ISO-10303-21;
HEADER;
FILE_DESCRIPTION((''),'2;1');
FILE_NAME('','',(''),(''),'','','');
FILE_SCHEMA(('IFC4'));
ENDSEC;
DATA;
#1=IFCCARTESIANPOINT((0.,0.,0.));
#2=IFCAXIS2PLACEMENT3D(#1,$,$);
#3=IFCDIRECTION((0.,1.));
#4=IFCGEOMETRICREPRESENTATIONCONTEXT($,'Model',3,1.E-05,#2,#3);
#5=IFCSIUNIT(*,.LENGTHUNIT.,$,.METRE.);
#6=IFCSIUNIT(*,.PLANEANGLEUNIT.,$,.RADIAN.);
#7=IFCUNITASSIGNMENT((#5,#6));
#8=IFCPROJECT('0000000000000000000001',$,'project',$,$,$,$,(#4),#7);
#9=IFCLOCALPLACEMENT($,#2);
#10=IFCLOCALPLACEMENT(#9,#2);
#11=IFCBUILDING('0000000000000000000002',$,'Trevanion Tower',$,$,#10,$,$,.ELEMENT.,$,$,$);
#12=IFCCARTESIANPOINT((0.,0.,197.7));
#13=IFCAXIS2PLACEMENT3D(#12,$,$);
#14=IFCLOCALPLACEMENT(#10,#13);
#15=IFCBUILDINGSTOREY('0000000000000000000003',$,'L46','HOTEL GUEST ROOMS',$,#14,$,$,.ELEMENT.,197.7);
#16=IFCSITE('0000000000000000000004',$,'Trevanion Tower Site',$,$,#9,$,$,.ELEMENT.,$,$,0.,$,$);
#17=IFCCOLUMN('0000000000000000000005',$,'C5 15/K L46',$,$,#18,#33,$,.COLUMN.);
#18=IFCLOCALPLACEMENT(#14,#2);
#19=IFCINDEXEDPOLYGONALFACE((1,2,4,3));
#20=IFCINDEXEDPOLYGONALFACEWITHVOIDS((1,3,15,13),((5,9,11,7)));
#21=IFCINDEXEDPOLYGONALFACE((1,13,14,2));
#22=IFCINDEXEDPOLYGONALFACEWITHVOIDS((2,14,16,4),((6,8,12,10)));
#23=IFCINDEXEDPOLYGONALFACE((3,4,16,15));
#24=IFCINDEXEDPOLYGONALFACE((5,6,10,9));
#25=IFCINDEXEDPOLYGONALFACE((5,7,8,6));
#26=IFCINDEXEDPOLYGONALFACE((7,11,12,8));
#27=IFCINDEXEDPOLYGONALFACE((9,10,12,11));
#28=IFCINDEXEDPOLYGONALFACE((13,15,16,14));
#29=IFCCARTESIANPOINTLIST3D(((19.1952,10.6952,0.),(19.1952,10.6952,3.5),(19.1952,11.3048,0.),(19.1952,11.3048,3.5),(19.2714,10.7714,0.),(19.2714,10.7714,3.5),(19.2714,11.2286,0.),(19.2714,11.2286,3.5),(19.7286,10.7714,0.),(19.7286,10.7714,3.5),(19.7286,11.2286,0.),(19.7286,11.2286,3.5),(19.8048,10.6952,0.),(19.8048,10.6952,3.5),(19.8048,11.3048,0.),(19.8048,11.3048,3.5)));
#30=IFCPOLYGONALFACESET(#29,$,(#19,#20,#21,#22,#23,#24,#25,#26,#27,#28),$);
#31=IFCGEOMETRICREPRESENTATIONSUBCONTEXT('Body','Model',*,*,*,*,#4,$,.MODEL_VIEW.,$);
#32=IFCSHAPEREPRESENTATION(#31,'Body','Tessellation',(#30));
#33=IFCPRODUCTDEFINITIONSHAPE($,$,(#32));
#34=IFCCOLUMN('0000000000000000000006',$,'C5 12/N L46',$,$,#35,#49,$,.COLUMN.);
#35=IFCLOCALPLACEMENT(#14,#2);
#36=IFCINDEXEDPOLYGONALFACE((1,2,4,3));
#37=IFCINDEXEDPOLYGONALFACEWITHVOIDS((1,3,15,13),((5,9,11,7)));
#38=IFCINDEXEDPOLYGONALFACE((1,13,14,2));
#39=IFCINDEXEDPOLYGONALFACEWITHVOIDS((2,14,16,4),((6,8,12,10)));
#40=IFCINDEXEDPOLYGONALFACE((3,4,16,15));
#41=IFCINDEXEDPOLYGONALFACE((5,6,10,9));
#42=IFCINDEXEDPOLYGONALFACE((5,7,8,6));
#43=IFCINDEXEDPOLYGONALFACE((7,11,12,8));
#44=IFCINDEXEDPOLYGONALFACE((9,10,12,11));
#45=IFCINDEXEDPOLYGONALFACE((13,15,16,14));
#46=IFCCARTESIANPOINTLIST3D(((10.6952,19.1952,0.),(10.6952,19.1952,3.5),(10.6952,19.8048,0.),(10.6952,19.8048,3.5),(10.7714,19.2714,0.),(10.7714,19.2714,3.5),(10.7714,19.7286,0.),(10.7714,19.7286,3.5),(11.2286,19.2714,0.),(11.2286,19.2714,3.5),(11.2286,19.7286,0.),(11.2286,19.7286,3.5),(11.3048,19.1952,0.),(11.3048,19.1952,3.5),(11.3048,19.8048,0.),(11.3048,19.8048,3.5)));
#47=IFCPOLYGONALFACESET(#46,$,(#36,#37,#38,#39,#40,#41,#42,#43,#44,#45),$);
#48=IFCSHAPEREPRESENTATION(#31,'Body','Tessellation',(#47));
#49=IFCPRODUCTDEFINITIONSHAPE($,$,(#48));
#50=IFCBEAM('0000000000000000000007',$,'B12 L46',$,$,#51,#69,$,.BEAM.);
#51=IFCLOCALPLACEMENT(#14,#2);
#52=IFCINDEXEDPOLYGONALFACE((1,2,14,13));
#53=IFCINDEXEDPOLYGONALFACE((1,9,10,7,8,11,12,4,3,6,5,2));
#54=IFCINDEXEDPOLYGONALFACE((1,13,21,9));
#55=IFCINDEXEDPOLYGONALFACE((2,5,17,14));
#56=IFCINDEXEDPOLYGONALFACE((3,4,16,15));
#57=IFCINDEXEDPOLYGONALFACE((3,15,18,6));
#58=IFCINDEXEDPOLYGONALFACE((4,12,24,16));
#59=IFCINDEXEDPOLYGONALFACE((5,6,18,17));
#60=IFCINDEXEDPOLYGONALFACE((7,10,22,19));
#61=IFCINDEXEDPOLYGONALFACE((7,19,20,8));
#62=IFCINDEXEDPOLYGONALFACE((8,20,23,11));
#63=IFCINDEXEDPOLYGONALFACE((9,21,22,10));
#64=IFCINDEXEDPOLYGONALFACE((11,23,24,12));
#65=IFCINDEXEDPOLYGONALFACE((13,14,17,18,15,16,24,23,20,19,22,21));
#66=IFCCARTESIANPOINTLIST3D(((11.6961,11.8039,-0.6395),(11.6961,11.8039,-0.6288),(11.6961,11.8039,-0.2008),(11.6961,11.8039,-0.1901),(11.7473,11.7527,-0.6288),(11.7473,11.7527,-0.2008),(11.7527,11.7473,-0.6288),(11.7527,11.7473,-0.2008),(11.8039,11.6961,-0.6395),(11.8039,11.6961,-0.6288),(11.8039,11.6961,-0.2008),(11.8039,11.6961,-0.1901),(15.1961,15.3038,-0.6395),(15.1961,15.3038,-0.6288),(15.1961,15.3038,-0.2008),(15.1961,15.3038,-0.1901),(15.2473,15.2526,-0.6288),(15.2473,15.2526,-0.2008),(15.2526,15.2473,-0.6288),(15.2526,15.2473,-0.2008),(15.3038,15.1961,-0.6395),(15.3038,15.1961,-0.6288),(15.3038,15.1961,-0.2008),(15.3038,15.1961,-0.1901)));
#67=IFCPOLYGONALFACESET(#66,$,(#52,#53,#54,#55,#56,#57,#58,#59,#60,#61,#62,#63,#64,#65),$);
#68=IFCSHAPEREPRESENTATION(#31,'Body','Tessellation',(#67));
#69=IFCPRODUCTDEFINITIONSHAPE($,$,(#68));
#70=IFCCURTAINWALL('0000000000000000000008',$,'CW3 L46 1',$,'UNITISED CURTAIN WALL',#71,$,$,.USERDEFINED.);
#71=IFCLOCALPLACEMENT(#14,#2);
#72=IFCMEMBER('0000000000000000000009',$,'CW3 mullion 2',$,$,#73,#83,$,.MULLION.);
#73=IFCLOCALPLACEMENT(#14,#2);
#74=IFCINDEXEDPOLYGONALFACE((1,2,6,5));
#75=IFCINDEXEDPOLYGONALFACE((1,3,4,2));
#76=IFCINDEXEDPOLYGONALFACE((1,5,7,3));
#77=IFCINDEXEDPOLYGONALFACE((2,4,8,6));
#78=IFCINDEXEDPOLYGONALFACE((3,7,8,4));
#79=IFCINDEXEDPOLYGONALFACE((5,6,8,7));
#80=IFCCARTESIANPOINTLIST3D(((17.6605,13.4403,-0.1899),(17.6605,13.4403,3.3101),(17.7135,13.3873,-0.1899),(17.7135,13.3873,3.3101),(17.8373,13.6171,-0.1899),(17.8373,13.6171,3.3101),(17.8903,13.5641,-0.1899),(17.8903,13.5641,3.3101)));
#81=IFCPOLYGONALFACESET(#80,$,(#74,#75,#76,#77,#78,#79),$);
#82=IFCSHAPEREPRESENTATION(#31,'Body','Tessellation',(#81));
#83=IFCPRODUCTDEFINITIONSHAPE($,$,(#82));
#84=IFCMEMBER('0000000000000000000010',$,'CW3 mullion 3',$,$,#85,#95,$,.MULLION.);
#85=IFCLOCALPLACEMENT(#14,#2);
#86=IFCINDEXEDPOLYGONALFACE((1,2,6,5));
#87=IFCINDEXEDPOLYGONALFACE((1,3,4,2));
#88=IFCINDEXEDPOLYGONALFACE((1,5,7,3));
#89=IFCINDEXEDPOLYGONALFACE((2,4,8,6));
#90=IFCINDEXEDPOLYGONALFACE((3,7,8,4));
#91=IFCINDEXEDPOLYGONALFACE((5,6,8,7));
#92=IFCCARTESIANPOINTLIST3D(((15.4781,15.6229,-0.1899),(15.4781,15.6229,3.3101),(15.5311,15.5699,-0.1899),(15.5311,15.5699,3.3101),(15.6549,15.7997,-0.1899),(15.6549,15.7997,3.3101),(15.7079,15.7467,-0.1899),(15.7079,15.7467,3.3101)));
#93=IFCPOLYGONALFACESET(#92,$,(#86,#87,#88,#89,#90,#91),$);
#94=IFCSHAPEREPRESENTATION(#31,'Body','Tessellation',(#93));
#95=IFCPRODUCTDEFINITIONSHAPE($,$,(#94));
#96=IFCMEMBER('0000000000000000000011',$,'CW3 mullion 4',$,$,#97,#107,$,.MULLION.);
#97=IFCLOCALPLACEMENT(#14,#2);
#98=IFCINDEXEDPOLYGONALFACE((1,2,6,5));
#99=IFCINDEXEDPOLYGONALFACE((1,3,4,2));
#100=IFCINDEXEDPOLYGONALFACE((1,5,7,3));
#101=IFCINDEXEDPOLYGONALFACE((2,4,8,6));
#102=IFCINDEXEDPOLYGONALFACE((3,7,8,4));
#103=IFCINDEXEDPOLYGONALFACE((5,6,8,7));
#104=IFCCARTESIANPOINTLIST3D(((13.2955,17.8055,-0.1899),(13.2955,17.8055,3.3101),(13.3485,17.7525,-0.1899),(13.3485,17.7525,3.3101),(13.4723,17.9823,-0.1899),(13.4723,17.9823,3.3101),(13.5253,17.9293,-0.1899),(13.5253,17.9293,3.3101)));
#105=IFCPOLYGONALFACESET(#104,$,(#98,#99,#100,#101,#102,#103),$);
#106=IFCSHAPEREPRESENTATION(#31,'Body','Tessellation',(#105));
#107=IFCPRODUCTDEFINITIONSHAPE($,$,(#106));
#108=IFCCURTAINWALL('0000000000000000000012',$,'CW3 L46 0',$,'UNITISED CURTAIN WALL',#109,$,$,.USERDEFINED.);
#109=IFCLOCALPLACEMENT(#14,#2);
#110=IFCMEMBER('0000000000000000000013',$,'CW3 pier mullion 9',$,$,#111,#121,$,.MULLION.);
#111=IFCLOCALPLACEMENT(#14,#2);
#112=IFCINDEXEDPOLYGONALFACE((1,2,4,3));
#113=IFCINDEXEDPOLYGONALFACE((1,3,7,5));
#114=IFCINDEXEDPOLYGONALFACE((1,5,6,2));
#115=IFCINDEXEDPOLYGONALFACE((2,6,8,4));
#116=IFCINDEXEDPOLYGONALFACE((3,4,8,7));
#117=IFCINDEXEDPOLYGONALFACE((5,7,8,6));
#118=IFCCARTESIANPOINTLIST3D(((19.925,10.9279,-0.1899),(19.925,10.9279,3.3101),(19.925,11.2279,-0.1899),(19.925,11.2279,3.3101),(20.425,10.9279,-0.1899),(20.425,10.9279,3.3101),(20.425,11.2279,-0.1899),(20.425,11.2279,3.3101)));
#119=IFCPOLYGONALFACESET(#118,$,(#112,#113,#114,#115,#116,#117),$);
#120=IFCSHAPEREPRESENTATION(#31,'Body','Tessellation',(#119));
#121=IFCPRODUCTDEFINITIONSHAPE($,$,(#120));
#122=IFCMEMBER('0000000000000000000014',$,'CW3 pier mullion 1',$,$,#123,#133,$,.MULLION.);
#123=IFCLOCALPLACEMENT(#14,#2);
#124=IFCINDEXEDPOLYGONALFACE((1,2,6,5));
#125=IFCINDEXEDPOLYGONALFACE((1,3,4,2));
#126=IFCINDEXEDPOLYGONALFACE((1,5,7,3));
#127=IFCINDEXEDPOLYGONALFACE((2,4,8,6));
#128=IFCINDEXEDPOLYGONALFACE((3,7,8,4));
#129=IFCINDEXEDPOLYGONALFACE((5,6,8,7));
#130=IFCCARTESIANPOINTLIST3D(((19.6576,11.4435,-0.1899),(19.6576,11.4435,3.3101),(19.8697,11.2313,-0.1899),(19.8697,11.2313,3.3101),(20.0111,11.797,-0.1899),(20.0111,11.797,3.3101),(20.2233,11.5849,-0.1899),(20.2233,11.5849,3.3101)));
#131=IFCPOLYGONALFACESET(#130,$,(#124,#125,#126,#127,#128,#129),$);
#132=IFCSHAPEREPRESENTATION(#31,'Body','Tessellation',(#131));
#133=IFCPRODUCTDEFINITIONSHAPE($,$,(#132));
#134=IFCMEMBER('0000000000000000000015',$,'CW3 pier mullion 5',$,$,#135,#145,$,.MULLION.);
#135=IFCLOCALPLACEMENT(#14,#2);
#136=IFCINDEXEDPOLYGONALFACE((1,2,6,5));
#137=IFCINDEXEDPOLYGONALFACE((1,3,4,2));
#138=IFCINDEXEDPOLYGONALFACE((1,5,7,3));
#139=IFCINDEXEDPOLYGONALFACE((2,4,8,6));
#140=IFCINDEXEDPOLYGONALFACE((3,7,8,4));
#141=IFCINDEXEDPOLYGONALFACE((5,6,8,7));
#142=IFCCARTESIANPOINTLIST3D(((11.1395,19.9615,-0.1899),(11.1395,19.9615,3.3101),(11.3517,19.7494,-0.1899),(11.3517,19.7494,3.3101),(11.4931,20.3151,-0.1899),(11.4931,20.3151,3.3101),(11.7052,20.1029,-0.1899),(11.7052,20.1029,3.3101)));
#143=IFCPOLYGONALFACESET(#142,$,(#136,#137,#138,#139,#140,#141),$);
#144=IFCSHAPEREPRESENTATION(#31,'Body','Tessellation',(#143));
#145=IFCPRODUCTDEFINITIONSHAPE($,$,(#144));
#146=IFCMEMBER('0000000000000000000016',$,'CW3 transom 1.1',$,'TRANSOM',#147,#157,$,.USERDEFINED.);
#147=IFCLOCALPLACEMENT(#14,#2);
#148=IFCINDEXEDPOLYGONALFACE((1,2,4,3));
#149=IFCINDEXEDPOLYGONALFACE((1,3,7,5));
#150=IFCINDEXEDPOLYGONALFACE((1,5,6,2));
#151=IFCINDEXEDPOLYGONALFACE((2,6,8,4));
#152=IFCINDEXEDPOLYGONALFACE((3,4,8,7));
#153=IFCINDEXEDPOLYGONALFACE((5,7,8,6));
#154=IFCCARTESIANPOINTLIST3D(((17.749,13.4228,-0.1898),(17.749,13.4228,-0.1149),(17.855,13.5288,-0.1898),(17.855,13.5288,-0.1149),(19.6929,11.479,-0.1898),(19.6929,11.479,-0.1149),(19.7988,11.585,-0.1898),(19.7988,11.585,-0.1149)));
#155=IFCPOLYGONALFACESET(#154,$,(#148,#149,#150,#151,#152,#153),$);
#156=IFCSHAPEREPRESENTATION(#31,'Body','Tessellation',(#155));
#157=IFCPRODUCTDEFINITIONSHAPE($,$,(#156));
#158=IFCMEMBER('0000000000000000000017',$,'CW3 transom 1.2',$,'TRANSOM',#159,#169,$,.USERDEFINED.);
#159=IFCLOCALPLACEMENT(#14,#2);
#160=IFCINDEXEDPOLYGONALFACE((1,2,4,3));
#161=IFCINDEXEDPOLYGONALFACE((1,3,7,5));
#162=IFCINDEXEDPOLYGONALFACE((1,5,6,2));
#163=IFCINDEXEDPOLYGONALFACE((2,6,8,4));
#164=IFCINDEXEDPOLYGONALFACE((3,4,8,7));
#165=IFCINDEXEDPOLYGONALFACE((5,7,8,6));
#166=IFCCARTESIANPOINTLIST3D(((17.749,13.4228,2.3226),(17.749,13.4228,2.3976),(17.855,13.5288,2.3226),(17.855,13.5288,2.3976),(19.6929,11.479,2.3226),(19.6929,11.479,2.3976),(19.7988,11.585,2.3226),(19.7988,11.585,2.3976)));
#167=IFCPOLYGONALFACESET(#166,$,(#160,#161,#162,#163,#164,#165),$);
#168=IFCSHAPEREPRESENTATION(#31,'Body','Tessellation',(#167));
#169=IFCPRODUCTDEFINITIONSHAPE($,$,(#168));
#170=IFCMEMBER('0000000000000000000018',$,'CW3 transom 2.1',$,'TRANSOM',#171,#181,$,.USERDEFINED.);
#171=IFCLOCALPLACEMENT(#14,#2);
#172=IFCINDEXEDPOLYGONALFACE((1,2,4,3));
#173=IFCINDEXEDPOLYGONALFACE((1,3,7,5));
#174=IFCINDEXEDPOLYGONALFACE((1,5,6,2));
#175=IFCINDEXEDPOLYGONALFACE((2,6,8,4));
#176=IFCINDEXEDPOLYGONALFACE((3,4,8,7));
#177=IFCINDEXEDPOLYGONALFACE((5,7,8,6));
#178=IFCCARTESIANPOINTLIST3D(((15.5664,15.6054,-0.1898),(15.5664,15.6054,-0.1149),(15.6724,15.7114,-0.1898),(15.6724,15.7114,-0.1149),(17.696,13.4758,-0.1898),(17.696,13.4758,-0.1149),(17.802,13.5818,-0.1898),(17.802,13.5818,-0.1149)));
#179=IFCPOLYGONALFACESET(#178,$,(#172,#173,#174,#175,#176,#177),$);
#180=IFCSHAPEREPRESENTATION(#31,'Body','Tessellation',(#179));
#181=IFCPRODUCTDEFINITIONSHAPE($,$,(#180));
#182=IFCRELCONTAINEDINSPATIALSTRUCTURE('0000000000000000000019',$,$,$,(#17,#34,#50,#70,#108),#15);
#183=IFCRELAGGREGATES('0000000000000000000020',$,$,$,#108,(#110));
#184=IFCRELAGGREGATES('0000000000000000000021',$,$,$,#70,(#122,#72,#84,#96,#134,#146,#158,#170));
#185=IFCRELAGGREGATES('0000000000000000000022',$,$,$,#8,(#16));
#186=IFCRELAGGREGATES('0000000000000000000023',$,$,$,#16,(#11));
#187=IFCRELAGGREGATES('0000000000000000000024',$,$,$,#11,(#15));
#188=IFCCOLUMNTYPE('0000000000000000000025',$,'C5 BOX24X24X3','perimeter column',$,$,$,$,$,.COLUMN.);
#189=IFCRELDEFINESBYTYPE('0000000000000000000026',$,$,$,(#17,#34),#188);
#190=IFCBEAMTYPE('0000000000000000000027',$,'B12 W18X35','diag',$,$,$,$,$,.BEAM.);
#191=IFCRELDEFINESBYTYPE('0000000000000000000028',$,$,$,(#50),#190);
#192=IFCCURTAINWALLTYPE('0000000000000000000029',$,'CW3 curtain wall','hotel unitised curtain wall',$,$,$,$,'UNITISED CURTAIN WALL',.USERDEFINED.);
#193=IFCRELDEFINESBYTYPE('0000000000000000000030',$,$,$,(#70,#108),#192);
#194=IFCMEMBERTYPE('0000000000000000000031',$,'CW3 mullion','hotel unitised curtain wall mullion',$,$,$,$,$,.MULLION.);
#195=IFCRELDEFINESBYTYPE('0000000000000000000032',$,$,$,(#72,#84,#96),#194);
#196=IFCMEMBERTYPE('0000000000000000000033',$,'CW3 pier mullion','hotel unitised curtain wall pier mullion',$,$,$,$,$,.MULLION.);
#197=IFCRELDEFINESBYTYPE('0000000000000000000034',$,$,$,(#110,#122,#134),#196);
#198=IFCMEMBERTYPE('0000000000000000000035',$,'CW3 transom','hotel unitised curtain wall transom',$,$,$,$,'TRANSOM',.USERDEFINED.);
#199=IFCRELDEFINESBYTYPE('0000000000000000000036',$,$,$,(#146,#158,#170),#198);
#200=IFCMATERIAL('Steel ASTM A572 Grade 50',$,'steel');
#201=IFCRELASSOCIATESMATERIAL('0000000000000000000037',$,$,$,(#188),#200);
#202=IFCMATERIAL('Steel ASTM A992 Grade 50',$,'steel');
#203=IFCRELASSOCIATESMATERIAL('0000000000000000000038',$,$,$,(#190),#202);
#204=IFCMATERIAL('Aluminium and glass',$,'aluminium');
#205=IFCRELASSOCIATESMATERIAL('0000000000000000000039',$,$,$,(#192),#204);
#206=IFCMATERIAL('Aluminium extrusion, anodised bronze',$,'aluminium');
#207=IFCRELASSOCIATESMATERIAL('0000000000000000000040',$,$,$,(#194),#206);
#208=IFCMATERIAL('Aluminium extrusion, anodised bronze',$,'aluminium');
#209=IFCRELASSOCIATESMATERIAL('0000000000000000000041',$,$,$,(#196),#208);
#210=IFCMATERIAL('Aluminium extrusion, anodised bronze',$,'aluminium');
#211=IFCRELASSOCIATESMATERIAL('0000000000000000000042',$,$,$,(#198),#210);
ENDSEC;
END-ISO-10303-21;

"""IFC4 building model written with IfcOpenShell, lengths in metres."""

from ifc_helpers import new_model, si_unit, direction, frame, origin, origin_2d, place, context, subcontext, project, spatial, rectangle, hollow_rectangle, i_section, extrude, material, material_profile, profile_set, type_object, element, aggregate, save


model = new_model("IFC4")

# Units and contexts
model_context = context("Model", 3, precision=1e-05, world=origin(), true_north=direction((0.0, 1.0)))
body_context = subcontext(model_context, "Body", "Model", "MODEL_VIEW")
ifc_project = project(units=[si_unit("LENGTHUNIT", "METRE"), si_unit("PLANEANGLEUNIT", "RADIAN")], contexts=[model_context])

# Site, building, storey
site_placement = place(None, origin())
site = spatial("IfcSite", under=ifc_project, at=site_placement, Name="Trevanion Tower Site", CompositionType="ELEMENT", RefElevation=0.0)
building_placement = place(site_placement, origin())
building = spatial("IfcBuilding", under=site, at=building_placement, Name="Trevanion Tower", CompositionType="ELEMENT")
storey_placement = place(building_placement, frame((0.0, 0.0, 197.7)))
storey = spatial("IfcBuildingStorey", under=building, at=storey_placement, Name="L46", Description="HOTEL GUEST ROOMS", CompositionType="ELEMENT", Elevation=197.7)

# Columns
ifc_material_1 = material(Name="Steel ASTM A572 Grade 50", Category="steel")
ifc_material_profile_1 = material_profile(ifc_material_1, hollow_rectangle(XDim=0.6096, YDim=0.6096, WallThickness=0.0762, at=origin_2d()), Name="BOX24X24X3")
ifc_profile_set_1 = profile_set([ifc_material_profile_1], Name="Steel ASTM A572 Grade 50")
column_type = type_object("IfcColumnType", Name="C5 BOX24X24X3", Description="perimeter column", PredefinedType="COLUMN", material=ifc_profile_set_1)
for number, where, z_axis, x_axis, name in (
    (1, (19.5, 11.0, 0.0), (0.0, 0.0, 1.0), (0.0, 1.0, 0.0), "C5 15/K L46"),
    (2, (11.0, 19.5, 0.0), (0.0, 0.0, 1.0), (1.0, 0.0, 0.0), "C5 12/N L46"),
):
    element("IfcColumn", number, at=place(storey_placement, frame(where, z_axis=z_axis, x_axis=x_axis)), inside=storey, type_object=column_type, Name=name, PredefinedType="COLUMN", context=body_context, shape_type="SweptSolid", body=[
        extrude(hollow_rectangle(XDim=0.6096, YDim=0.6096, WallThickness=0.0762, at=origin_2d()), origin(), (0.0, 0.0, 1.0), 3.5),
    ])

# Beam
ifc_material_2 = material(Name="Steel ASTM A992 Grade 50", Category="steel")
ifc_material_profile_2 = material_profile(ifc_material_2, i_section(OverallWidth=0.1523, OverallDepth=0.4495, WebThickness=0.0076, FlangeThickness=0.0107, at=origin_2d()), Name="W18X35")
ifc_profile_set_2 = profile_set([ifc_material_profile_2], Name="Steel ASTM A992 Grade 50")
beam_type_1 = type_object("IfcBeamType", Name="B12 W18X35", Description="diag", PredefinedType="BEAM", material=ifc_profile_set_2)
beam_1_placement = place(storey_placement, frame((11.75, 11.75, -0.4148), z_axis=(0.707107, 0.707107, 0.0), x_axis=(-0.707107, 0.707107, 0.0)))
element("IfcBeam", 3, at=beam_1_placement, inside=storey, type_object=beam_type_1, Name="B12 L46", PredefinedType="BEAM", context=body_context, shape_type="SweptSolid", body=[
    extrude(i_section(OverallWidth=0.1523, OverallDepth=0.4495, WebThickness=0.0076, FlangeThickness=0.0107, at=origin_2d()), origin(), (0.0, 0.0, 1.0), 4.9497),
])

# Curtain wall, members
ifc_material_3 = material(Name="Aluminium and glass", Category="aluminium")
curtain_wall_type = type_object("IfcCurtainWallType", Name="CW3 curtain wall", Description="hotel unitised curtain wall", ElementType="UNITISED CURTAIN WALL", PredefinedType="USERDEFINED", material=ifc_material_3)
curtain_wall_1_placement = place(storey_placement, origin())
curtain_wall_1 = element("IfcCurtainWall", 4, at=curtain_wall_1_placement, inside=storey, type_object=curtain_wall_type, Name="CW3 L46 1", ObjectType="UNITISED CURTAIN WALL", PredefinedType="USERDEFINED")
ifc_material_4 = material(Name="Aluminium extrusion, anodised bronze", Category="aluminium")
ifc_material_profile_3 = material_profile(ifc_material_4, rectangle(XDim=0.075, YDim=0.25, at=origin_2d()), Name="CW3 mullion")
ifc_profile_set_3 = profile_set([ifc_material_profile_3], Name="Aluminium extrusion, anodised bronze")
member_type_1 = type_object("IfcMemberType", Name="CW3 mullion", Description="hotel unitised curtain wall mullion", PredefinedType="MULLION", material=ifc_profile_set_3)
member_1_placement = place(storey_placement, frame((17.7754, 13.5022, -0.1899), z_axis=(0.0, 0.0, 1.0), x_axis=(-0.707107, 0.707107, 0.0)))
member_1 = element("IfcMember", 5, at=member_1_placement, type_object=member_type_1, Name="CW3 mullion 2", PredefinedType="MULLION", context=body_context, shape_type="SweptSolid", body=[
    extrude(rectangle(XDim=0.075, YDim=0.25, at=origin_2d()), origin(), (0.0, 0.0, 1.0), 3.5),
])
member_2_placement = place(storey_placement, frame((15.593, 15.6848, -0.1899), z_axis=(0.0, 0.0, 1.0), x_axis=(-0.707107, 0.707107, 0.0)))
member_2 = element("IfcMember", 6, at=member_2_placement, type_object=member_type_1, Name="CW3 mullion 3", PredefinedType="MULLION", context=body_context, shape_type="SweptSolid", body=[
    extrude(rectangle(XDim=0.075, YDim=0.25, at=origin_2d()), origin(), (0.0, 0.0, 1.0), 3.5),
])
member_3_placement = place(storey_placement, frame((13.4104, 17.8674, -0.1899), z_axis=(0.0, 0.0, 1.0), x_axis=(-0.707107, 0.707107, 0.0)))
member_3 = element("IfcMember", 7, at=member_3_placement, type_object=member_type_1, Name="CW3 mullion 4", PredefinedType="MULLION", context=body_context, shape_type="SweptSolid", body=[
    extrude(rectangle(XDim=0.075, YDim=0.25, at=origin_2d()), origin(), (0.0, 0.0, 1.0), 3.5),
])

# Curtain wall, member
curtain_wall_2_placement = place(storey_placement, origin())
curtain_wall_2 = element("IfcCurtainWall", 8, at=curtain_wall_2_placement, inside=storey, type_object=curtain_wall_type, Name="CW3 L46 0", ObjectType="UNITISED CURTAIN WALL", PredefinedType="USERDEFINED")
ifc_material_5 = material(Name="Aluminium extrusion, anodised bronze", Category="aluminium")
ifc_material_profile_4 = material_profile(ifc_material_5, rectangle(XDim=0.3, YDim=0.5, at=origin_2d()), Name="CW3 pier mullion")
ifc_profile_set_4 = profile_set([ifc_material_profile_4], Name="Aluminium extrusion, anodised bronze")
member_type_2 = type_object("IfcMemberType", Name="CW3 pier mullion", Description="hotel unitised curtain wall pier mullion", PredefinedType="MULLION", material=ifc_profile_set_4)
member_4_placement = place(storey_placement, frame((20.175, 11.0779, -0.1899), z_axis=(0.0, 0.0, 1.0), x_axis=(0.0, 1.0, 0.0)))
member_4 = element("IfcMember", 9, at=member_4_placement, type_object=member_type_2, Name="CW3 pier mullion 9", PredefinedType="MULLION", context=body_context, shape_type="SweptSolid", body=[
    extrude(rectangle(XDim=0.3, YDim=0.5, at=origin_2d()), origin(), (0.0, 0.0, 1.0), 3.5),
])

# Members
member_5_placement = place(storey_placement, frame((19.9404, 11.5142, -0.1899), z_axis=(0.0, 0.0, 1.0), x_axis=(-0.707107, 0.707107, 0.0)))
member_5 = element("IfcMember", 10, at=member_5_placement, type_object=member_type_2, Name="CW3 pier mullion 1", PredefinedType="MULLION", context=body_context, shape_type="SweptSolid", body=[
    extrude(rectangle(XDim=0.3, YDim=0.5, at=origin_2d()), origin(), (0.0, 0.0, 1.0), 3.5),
])
member_6_placement = place(storey_placement, frame((11.4224, 20.0322, -0.1899), z_axis=(0.0, 0.0, 1.0), x_axis=(-0.707107, 0.707107, 0.0)))
member_6 = element("IfcMember", 11, at=member_6_placement, type_object=member_type_2, Name="CW3 pier mullion 5", PredefinedType="MULLION", context=body_context, shape_type="SweptSolid", body=[
    extrude(rectangle(XDim=0.3, YDim=0.5, at=origin_2d()), origin(), (0.0, 0.0, 1.0), 3.5),
])
ifc_material_6 = material(Name="Aluminium extrusion, anodised bronze", Category="aluminium")
ifc_material_profile_5 = material_profile(ifc_material_6, rectangle(XDim=0.1499, YDim=0.075, at=origin_2d()), Name="CW3 transom")
ifc_profile_set_5 = profile_set([ifc_material_profile_5], Name="Aluminium extrusion, anodised bronze")
member_type_3 = type_object("IfcMemberType", Name="CW3 transom", Description="hotel unitised curtain wall transom", ElementType="TRANSOM", PredefinedType="USERDEFINED", material=ifc_profile_set_5)
member_7_placement = place(storey_placement, frame((19.7458, 11.532, -0.1523), z_axis=(-0.707107, 0.707107, 0.0), x_axis=(-0.707107, -0.707107, 0.0)))
member_7 = element("IfcMember", 12, at=member_7_placement, type_object=member_type_3, Name="CW3 transom 1.1", ObjectType="TRANSOM", PredefinedType="USERDEFINED", context=body_context, shape_type="SweptSolid", body=[
    extrude(rectangle(XDim=0.1499, YDim=0.075, at=origin_2d()), origin(), (0.0, 0.0, 1.0), 2.749),
])
member_8_placement = place(storey_placement, frame((19.7458, 11.532, 2.3601), z_axis=(-0.707107, 0.707107, 0.0), x_axis=(-0.707107, -0.707107, 0.0)))
member_8 = element("IfcMember", 13, at=member_8_placement, type_object=member_type_3, Name="CW3 transom 1.2", ObjectType="TRANSOM", PredefinedType="USERDEFINED", context=body_context, shape_type="SweptSolid", body=[
    extrude(rectangle(XDim=0.1499, YDim=0.075, at=origin_2d()), origin(), (0.0, 0.0, 1.0), 2.749),
])
member_9_placement = place(storey_placement, frame((17.749, 13.5288, -0.1523), z_axis=(-0.707107, 0.707107, 0.0), x_axis=(-0.707107, -0.707107, 0.0)))
member_9 = element("IfcMember", 14, at=member_9_placement, type_object=member_type_3, Name="CW3 transom 2.1", ObjectType="TRANSOM", PredefinedType="USERDEFINED", context=body_context, shape_type="SweptSolid", body=[
    extrude(rectangle(XDim=0.1499, YDim=0.075, at=origin_2d()), origin(), (0.0, 0.0, 1.0), 3.0117),
])

aggregate(curtain_wall_2, [member_4])
aggregate(curtain_wall_1, [member_5, member_1, member_2, member_3, member_6, member_7, member_8, member_9])

save(model, "model.ifc")
